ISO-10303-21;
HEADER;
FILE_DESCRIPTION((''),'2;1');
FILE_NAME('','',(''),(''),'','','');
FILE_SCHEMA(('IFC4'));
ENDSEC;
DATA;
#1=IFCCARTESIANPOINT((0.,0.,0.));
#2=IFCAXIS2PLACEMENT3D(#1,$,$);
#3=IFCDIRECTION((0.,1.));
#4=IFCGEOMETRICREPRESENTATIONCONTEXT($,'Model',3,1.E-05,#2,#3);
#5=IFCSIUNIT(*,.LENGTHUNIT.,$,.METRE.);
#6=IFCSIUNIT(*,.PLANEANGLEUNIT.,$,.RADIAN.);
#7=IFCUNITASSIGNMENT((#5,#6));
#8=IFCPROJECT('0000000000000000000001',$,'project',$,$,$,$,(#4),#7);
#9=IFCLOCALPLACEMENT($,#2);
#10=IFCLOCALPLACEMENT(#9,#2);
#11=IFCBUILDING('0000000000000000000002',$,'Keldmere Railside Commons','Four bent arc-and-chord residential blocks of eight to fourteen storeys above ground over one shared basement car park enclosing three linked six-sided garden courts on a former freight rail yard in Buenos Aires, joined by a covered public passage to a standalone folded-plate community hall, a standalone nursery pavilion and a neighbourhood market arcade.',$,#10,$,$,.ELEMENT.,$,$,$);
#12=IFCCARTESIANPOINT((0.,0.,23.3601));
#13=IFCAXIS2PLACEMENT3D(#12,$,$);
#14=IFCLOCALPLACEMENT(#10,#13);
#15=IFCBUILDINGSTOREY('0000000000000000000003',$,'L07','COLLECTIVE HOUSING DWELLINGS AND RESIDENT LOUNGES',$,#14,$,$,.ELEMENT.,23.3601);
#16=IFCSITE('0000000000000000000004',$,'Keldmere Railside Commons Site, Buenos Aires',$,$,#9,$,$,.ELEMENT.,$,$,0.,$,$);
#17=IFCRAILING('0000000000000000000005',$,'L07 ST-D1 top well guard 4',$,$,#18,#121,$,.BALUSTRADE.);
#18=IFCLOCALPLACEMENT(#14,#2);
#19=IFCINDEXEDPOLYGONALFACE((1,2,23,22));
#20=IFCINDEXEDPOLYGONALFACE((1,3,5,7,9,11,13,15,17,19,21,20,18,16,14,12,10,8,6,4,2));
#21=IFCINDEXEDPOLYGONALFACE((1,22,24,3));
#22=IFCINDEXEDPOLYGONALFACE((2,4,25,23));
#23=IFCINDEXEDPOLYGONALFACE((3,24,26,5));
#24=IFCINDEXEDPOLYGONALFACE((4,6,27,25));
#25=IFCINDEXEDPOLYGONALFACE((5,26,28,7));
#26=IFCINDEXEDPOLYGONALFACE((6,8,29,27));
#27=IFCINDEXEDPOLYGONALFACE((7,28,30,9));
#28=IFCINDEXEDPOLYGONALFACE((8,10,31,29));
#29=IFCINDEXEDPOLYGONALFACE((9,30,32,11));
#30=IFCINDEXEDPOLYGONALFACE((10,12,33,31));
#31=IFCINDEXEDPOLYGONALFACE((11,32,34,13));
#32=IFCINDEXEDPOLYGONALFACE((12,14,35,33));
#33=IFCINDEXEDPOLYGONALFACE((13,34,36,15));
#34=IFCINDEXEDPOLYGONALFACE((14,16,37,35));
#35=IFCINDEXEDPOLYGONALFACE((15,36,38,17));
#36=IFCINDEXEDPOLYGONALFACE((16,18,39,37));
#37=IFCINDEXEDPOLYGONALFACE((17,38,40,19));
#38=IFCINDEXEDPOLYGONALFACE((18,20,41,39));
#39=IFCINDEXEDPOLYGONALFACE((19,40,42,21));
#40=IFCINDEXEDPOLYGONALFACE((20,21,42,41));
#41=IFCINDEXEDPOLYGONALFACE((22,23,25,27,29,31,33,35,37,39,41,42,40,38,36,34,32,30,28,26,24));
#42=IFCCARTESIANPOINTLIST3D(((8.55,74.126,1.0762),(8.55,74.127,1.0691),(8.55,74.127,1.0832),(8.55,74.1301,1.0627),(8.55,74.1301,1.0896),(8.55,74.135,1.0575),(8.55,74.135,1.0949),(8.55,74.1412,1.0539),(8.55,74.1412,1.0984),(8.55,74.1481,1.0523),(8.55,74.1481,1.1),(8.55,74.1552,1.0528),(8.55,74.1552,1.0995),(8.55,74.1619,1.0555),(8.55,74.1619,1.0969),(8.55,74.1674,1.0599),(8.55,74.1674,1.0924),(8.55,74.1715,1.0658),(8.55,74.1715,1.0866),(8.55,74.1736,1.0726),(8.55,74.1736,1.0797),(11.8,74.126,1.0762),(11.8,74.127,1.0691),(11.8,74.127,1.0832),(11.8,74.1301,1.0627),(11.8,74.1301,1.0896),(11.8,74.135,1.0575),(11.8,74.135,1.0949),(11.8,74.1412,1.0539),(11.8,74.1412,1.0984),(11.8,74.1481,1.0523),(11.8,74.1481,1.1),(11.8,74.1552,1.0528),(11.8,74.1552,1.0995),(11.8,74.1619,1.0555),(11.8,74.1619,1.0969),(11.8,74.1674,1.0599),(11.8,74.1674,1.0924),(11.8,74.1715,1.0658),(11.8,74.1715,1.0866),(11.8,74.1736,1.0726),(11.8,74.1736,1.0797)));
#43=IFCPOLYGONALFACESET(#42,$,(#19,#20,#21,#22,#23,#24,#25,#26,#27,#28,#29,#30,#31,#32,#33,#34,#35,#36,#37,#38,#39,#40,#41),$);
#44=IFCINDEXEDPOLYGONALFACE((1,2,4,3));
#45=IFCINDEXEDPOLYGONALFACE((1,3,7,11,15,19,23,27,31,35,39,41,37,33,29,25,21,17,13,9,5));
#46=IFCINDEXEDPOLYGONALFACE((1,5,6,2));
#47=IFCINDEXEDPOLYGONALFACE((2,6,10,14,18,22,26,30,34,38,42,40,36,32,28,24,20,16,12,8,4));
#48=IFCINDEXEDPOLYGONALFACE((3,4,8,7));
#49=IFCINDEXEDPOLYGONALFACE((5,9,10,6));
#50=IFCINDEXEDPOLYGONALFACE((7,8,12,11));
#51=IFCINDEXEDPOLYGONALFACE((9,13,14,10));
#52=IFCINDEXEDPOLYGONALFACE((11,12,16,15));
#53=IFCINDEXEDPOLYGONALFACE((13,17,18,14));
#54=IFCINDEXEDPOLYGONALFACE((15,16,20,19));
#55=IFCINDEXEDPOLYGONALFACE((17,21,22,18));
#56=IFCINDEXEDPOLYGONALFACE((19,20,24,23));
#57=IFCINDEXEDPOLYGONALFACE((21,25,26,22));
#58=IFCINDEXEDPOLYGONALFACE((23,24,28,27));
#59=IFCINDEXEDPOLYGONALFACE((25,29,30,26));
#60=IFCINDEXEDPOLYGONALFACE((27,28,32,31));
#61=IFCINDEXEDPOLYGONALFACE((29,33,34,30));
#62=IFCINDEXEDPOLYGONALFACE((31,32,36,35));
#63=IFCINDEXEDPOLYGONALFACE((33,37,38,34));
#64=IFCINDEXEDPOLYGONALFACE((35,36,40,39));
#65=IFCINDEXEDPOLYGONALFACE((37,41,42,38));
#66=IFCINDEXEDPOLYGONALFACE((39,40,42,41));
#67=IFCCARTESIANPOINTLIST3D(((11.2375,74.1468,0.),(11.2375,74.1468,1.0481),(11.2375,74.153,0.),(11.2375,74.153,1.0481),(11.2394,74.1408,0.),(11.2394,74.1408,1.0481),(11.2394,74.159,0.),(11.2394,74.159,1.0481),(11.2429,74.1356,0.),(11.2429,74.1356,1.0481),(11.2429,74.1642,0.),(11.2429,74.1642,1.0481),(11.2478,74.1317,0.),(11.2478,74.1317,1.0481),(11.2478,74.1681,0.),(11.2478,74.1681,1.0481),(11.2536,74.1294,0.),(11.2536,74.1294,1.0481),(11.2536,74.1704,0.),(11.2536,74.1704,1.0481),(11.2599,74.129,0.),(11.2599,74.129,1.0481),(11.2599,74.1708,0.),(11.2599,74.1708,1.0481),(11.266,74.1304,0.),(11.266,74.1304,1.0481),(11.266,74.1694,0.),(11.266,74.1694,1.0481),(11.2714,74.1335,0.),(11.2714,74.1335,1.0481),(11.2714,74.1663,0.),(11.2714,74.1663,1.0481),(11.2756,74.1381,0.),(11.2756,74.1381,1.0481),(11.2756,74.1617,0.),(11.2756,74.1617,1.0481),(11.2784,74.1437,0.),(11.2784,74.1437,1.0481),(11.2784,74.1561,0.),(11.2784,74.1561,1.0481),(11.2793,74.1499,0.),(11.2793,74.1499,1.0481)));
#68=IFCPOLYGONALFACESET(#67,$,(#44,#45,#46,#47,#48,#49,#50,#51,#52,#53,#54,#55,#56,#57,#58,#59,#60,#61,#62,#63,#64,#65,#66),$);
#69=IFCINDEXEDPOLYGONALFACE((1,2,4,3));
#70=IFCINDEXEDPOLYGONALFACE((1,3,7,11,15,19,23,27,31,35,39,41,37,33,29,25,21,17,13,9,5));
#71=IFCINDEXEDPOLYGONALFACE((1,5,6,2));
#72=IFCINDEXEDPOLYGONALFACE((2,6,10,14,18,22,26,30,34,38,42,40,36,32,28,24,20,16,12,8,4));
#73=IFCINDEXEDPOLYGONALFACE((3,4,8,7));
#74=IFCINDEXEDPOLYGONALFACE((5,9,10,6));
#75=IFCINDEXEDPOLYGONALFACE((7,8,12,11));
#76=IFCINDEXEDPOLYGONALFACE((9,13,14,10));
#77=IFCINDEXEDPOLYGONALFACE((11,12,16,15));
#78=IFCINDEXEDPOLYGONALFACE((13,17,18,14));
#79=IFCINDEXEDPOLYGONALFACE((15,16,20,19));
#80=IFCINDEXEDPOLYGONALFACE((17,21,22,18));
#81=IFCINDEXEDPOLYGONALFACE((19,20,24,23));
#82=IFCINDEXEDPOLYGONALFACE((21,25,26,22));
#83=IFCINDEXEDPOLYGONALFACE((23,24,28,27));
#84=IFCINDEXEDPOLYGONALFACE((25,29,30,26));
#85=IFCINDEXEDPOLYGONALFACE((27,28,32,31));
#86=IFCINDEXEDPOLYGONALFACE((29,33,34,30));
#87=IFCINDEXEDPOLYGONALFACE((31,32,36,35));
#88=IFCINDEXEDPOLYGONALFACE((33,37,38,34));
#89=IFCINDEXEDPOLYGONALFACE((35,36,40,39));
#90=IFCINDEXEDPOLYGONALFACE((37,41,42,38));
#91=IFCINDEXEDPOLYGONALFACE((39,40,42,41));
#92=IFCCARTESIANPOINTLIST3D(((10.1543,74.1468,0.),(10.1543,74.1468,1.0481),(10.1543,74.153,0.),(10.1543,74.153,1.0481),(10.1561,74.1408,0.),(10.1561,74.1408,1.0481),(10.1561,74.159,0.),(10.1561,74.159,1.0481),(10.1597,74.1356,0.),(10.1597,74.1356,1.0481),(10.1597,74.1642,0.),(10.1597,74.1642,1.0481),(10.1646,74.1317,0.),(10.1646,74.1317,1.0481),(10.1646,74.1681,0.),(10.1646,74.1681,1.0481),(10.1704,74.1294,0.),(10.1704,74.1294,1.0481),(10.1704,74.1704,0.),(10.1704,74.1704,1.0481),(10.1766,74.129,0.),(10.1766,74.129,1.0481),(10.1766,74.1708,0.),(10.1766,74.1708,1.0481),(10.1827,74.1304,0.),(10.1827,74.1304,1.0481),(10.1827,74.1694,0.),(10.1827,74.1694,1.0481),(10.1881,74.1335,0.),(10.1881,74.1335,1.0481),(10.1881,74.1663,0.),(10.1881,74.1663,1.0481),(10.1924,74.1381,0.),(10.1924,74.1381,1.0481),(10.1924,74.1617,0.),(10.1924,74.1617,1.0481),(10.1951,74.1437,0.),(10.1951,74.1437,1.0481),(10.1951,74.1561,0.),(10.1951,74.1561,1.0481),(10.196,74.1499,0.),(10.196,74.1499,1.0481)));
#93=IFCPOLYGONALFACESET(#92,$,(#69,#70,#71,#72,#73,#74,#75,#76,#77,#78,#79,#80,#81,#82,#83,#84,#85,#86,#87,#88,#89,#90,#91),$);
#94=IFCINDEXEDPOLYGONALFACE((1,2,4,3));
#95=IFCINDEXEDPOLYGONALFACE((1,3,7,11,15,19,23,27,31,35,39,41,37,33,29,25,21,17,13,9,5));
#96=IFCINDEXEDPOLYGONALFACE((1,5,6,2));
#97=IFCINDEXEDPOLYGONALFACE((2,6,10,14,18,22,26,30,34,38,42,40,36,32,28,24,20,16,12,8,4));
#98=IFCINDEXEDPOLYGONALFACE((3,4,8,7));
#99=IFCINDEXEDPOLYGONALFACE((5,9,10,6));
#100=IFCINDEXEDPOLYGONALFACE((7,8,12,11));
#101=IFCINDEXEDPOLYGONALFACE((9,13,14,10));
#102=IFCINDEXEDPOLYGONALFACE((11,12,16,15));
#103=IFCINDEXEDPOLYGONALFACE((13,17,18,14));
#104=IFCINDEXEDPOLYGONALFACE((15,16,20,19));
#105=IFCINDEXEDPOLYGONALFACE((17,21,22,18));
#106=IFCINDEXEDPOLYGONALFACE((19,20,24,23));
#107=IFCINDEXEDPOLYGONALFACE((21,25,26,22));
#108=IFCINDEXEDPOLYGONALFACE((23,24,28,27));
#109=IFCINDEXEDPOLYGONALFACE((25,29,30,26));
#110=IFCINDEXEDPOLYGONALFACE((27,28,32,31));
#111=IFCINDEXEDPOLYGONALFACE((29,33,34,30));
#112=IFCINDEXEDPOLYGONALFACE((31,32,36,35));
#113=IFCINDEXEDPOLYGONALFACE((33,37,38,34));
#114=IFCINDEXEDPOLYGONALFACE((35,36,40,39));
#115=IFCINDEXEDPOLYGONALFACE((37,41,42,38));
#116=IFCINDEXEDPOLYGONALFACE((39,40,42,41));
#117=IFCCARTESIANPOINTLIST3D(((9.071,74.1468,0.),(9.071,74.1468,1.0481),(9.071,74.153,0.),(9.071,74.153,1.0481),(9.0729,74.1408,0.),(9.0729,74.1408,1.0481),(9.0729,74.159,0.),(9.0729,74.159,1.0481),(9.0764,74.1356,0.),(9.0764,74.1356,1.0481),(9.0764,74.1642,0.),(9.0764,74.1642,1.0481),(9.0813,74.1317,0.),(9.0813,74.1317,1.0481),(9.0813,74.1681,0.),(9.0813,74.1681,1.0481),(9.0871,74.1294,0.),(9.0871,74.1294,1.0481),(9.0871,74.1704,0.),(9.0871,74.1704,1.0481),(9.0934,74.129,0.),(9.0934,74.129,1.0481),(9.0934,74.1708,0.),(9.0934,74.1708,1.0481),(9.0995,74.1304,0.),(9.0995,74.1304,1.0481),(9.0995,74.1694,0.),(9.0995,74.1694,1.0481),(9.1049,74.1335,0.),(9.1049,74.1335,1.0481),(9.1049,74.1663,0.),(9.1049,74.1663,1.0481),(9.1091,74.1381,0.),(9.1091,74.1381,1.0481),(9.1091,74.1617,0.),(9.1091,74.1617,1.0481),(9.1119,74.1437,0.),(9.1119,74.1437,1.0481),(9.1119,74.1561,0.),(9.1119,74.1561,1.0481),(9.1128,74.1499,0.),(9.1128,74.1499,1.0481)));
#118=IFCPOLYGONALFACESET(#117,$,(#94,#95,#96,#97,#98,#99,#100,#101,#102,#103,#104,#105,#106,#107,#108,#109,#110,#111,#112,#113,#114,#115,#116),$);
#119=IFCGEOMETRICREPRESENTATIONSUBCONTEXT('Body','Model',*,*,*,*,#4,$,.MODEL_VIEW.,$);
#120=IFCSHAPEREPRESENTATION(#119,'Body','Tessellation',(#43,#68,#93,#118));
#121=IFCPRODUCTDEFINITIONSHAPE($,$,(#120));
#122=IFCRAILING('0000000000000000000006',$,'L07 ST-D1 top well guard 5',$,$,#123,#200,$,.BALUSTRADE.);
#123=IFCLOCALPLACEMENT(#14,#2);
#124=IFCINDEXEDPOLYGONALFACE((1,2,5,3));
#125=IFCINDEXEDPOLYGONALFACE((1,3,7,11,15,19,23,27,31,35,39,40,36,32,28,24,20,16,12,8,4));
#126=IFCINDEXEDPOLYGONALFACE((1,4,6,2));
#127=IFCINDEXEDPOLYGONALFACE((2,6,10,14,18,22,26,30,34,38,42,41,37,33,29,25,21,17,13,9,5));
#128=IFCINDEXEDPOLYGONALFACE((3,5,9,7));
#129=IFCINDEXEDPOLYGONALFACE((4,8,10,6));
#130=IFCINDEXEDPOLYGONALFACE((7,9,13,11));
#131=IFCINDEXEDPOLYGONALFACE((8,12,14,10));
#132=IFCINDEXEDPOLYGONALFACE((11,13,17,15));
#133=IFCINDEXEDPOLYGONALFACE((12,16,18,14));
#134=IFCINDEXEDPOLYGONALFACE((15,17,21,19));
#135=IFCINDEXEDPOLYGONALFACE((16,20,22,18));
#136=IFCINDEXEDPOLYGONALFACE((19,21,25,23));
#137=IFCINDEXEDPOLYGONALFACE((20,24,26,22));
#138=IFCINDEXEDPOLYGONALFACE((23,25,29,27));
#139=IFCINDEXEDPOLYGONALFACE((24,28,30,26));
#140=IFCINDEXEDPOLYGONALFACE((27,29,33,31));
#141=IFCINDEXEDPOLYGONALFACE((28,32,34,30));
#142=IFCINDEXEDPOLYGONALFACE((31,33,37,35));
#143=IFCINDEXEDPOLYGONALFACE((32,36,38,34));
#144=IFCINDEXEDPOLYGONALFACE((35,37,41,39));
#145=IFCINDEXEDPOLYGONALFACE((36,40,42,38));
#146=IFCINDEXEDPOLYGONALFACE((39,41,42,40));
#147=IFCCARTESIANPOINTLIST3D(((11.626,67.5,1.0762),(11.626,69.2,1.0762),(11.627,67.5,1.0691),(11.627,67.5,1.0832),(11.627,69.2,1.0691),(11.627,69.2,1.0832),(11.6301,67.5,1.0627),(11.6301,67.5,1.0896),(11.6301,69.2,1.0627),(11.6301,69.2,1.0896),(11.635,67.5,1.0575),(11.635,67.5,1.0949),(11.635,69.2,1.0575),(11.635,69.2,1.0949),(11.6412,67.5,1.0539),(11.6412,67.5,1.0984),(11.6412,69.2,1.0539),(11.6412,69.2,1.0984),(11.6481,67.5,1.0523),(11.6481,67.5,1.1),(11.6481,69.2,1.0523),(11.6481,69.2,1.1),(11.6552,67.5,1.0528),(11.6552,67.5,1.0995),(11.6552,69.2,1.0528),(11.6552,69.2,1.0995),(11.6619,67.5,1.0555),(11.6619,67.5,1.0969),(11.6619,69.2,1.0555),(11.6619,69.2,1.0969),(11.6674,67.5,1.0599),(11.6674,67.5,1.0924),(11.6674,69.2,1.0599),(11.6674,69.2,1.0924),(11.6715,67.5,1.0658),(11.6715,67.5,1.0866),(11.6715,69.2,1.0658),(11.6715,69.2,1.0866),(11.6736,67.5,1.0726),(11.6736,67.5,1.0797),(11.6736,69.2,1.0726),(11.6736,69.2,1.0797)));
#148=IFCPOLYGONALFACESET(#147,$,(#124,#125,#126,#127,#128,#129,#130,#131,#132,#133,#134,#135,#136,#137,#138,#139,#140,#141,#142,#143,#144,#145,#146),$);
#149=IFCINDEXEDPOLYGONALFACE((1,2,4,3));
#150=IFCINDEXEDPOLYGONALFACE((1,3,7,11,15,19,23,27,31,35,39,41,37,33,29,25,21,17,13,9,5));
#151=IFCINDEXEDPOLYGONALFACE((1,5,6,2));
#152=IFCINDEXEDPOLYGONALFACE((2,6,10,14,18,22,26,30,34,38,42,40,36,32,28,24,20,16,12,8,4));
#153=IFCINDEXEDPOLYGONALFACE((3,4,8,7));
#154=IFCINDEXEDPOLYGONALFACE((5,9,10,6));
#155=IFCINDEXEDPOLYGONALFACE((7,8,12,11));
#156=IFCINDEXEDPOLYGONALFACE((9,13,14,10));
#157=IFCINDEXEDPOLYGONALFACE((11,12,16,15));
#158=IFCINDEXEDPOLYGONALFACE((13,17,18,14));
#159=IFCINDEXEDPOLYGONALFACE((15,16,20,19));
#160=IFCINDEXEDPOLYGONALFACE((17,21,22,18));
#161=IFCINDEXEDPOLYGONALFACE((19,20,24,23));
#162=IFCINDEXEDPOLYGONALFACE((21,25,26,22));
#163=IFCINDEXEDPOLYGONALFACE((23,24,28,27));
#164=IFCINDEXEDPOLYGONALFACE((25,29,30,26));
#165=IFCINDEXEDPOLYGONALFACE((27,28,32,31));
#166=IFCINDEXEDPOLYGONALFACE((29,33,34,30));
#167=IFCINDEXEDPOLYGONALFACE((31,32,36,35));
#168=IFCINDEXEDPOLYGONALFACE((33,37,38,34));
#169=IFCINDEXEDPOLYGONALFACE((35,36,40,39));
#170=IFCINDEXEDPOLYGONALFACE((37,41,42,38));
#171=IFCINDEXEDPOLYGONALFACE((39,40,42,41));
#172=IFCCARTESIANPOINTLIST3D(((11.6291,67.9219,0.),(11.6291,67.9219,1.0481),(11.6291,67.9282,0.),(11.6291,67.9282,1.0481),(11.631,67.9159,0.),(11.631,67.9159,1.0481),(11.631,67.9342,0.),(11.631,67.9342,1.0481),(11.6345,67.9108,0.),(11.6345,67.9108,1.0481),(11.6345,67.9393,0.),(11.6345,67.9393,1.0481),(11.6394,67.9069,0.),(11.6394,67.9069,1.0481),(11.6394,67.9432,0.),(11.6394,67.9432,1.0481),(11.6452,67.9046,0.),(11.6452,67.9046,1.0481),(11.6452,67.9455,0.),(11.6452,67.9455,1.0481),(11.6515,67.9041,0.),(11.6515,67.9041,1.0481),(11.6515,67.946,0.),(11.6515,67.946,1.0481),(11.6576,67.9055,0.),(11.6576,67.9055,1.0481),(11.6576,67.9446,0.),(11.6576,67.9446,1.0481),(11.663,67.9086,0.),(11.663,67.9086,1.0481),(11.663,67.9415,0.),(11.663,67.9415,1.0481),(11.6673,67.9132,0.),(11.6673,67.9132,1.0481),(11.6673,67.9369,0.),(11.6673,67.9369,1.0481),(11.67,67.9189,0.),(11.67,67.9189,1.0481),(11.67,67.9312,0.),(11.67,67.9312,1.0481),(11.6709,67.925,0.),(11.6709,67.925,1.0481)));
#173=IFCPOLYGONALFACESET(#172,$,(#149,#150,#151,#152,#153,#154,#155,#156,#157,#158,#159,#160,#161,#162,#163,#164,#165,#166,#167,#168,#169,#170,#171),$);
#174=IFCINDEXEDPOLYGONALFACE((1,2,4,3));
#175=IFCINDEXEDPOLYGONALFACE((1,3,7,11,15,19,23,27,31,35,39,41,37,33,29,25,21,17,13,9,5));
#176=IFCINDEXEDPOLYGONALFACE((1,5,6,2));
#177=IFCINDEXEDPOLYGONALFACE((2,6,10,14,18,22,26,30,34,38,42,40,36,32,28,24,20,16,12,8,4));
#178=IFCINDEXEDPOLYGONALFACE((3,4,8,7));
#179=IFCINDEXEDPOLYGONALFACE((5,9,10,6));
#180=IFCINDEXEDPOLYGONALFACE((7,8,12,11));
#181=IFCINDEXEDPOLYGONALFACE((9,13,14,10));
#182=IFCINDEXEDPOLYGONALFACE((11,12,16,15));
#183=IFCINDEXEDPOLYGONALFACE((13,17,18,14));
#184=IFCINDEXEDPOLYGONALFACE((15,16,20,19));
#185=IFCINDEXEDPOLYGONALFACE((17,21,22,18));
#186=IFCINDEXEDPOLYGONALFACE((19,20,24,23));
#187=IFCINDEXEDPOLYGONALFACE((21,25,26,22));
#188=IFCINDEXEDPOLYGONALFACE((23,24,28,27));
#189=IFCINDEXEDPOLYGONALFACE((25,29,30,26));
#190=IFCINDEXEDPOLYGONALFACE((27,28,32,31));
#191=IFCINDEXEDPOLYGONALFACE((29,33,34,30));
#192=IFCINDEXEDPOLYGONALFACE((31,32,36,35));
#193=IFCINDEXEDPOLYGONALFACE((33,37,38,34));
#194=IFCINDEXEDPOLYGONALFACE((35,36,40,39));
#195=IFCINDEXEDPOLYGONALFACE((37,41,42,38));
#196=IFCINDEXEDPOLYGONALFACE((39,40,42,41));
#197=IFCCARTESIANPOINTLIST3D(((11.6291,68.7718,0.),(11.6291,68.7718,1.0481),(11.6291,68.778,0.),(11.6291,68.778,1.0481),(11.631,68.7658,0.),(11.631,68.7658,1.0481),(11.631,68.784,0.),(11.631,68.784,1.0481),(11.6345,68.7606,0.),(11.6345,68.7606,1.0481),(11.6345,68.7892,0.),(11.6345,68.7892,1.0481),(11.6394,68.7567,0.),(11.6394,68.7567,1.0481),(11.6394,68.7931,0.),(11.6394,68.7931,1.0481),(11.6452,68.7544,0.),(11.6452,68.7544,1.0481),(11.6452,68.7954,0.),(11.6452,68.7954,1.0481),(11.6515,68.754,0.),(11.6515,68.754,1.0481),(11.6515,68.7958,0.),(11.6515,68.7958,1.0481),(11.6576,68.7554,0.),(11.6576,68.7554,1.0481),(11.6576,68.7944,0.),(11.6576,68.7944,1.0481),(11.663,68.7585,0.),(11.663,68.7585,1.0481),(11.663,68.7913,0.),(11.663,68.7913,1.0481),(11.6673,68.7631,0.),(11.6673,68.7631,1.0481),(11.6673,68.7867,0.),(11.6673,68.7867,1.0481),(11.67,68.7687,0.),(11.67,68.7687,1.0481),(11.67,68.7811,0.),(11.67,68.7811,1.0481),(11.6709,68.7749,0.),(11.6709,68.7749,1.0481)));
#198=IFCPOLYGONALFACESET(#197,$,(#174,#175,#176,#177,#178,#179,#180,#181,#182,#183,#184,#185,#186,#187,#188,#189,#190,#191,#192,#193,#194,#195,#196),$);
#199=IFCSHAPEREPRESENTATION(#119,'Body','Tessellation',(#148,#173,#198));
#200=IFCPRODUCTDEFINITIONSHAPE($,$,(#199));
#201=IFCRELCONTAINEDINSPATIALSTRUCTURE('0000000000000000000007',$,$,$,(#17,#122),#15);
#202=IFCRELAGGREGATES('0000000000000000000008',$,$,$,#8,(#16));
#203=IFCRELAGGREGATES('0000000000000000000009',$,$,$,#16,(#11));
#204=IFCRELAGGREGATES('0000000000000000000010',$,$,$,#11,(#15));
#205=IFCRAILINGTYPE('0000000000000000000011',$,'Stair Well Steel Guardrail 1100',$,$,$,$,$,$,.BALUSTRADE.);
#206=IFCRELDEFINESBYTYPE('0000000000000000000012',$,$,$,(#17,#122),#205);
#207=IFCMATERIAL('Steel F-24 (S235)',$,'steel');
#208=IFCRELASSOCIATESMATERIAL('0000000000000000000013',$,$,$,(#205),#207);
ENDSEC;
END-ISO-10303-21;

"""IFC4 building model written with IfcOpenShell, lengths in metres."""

from ifc_helpers import new_model, si_unit, direction, frame, origin, origin_2d, place, context, subcontext, project, spatial, circle, extrude, material, type_object, element, save


model = new_model("IFC4")

# Units and contexts
model_context = context("Model", 3, precision=1e-05, world=origin(), true_north=direction((0.0, 1.0)))
body_context = subcontext(model_context, "Body", "Model", "MODEL_VIEW")
ifc_project = project(units=[si_unit("LENGTHUNIT", "METRE"), si_unit("PLANEANGLEUNIT", "RADIAN")], contexts=[model_context])

# Site, building, storey
site_placement = place(None, origin())
site = spatial("IfcSite", under=ifc_project, at=site_placement, Name="Keldmere Railside Commons Site, Buenos Aires", CompositionType="ELEMENT", RefElevation=0.0)
building_placement = place(site_placement, origin())
building = spatial("IfcBuilding", under=site, at=building_placement, Name="Keldmere Railside Commons", Description="Four bent arc-and-chord residential blocks of eight to fourteen storeys above ground over one shared basement car park enclosing three linked six-sided garden courts on a former freight rail yard in Buenos Aires, joined by a covered public passage to a standalone folded-plate community hall, a standalone nursery pavilion and a neighbourhood market arcade.", CompositionType="ELEMENT")
storey_placement = place(building_placement, frame((0.0, 0.0, 23.3601)))
storey = spatial("IfcBuildingStorey", under=building, at=storey_placement, Name="L07", Description="COLLECTIVE HOUSING DWELLINGS AND RESIDENT LOUNGES", CompositionType="ELEMENT", Elevation=23.3601)

# Shared definitions
ifc_material_1 = material(Name="Steel F-24 (S235)", Category="steel")

# Railings
railing_type_1 = type_object("IfcRailingType", Name="Stair Well Steel Guardrail 1100", PredefinedType="BALUSTRADE", material=ifc_material_1)
railing_1_placement = place(storey_placement, frame((11.8, 74.1499, 0.0)))
element("IfcRailing", 1, at=railing_1_placement, inside=storey, type_object=railing_type_1, Name="L07 ST-D1 top well guard 4", PredefinedType="BALUSTRADE", context=body_context, shape_type="SweptSolid", body=[
    extrude(circle(Radius=0.0239, at=origin_2d()), frame((0.0, 0.0, 1.0762), z_axis=(-1.0, 0.0, 0.0), x_axis=(0.0, -1.0, 0.0)), (0.0, 0.0, 1.0), 3.25),
    extrude(circle(Radius=0.021, at=origin_2d()), frame((-0.5417, 0.0, 0.0)), (0.0, 0.0, 1.0), 1.0481),
    extrude(circle(Radius=0.021, at=origin_2d()), frame((-1.625, 0.0, 0.0)), (0.0, 0.0, 1.0), 1.0481),
    extrude(circle(Radius=0.021, at=origin_2d()), frame((-2.7083, 0.0, 0.0)), (0.0, 0.0, 1.0), 1.0481),
])
for number, where, name in (
    (2, (11.6499, 67.5, 0.0), "L07 ST-D1 top well guard 5"),
):
    element("IfcRailing", number, at=place(storey_placement, frame(where)), inside=storey, type_object=railing_type_1, Name=name, PredefinedType="BALUSTRADE", context=body_context, shape_type="SweptSolid", body=[
        extrude(circle(Radius=0.0239, at=origin_2d()), frame((0.0, 0.0, 1.0762), z_axis=(0.0, 1.0, 0.0), x_axis=(-1.0, 0.0, 0.0)), (0.0, 0.0, 1.0), 1.7),
        extrude(circle(Radius=0.021, at=origin_2d()), frame((0.0, 0.425, 0.0)), (0.0, 0.0, 1.0), 1.0481),
        extrude(circle(Radius=0.021, at=origin_2d()), frame((0.0, 1.2749, 0.0)), (0.0, 0.0, 1.0), 1.0481),
    ])

save(model, "model.ifc")
